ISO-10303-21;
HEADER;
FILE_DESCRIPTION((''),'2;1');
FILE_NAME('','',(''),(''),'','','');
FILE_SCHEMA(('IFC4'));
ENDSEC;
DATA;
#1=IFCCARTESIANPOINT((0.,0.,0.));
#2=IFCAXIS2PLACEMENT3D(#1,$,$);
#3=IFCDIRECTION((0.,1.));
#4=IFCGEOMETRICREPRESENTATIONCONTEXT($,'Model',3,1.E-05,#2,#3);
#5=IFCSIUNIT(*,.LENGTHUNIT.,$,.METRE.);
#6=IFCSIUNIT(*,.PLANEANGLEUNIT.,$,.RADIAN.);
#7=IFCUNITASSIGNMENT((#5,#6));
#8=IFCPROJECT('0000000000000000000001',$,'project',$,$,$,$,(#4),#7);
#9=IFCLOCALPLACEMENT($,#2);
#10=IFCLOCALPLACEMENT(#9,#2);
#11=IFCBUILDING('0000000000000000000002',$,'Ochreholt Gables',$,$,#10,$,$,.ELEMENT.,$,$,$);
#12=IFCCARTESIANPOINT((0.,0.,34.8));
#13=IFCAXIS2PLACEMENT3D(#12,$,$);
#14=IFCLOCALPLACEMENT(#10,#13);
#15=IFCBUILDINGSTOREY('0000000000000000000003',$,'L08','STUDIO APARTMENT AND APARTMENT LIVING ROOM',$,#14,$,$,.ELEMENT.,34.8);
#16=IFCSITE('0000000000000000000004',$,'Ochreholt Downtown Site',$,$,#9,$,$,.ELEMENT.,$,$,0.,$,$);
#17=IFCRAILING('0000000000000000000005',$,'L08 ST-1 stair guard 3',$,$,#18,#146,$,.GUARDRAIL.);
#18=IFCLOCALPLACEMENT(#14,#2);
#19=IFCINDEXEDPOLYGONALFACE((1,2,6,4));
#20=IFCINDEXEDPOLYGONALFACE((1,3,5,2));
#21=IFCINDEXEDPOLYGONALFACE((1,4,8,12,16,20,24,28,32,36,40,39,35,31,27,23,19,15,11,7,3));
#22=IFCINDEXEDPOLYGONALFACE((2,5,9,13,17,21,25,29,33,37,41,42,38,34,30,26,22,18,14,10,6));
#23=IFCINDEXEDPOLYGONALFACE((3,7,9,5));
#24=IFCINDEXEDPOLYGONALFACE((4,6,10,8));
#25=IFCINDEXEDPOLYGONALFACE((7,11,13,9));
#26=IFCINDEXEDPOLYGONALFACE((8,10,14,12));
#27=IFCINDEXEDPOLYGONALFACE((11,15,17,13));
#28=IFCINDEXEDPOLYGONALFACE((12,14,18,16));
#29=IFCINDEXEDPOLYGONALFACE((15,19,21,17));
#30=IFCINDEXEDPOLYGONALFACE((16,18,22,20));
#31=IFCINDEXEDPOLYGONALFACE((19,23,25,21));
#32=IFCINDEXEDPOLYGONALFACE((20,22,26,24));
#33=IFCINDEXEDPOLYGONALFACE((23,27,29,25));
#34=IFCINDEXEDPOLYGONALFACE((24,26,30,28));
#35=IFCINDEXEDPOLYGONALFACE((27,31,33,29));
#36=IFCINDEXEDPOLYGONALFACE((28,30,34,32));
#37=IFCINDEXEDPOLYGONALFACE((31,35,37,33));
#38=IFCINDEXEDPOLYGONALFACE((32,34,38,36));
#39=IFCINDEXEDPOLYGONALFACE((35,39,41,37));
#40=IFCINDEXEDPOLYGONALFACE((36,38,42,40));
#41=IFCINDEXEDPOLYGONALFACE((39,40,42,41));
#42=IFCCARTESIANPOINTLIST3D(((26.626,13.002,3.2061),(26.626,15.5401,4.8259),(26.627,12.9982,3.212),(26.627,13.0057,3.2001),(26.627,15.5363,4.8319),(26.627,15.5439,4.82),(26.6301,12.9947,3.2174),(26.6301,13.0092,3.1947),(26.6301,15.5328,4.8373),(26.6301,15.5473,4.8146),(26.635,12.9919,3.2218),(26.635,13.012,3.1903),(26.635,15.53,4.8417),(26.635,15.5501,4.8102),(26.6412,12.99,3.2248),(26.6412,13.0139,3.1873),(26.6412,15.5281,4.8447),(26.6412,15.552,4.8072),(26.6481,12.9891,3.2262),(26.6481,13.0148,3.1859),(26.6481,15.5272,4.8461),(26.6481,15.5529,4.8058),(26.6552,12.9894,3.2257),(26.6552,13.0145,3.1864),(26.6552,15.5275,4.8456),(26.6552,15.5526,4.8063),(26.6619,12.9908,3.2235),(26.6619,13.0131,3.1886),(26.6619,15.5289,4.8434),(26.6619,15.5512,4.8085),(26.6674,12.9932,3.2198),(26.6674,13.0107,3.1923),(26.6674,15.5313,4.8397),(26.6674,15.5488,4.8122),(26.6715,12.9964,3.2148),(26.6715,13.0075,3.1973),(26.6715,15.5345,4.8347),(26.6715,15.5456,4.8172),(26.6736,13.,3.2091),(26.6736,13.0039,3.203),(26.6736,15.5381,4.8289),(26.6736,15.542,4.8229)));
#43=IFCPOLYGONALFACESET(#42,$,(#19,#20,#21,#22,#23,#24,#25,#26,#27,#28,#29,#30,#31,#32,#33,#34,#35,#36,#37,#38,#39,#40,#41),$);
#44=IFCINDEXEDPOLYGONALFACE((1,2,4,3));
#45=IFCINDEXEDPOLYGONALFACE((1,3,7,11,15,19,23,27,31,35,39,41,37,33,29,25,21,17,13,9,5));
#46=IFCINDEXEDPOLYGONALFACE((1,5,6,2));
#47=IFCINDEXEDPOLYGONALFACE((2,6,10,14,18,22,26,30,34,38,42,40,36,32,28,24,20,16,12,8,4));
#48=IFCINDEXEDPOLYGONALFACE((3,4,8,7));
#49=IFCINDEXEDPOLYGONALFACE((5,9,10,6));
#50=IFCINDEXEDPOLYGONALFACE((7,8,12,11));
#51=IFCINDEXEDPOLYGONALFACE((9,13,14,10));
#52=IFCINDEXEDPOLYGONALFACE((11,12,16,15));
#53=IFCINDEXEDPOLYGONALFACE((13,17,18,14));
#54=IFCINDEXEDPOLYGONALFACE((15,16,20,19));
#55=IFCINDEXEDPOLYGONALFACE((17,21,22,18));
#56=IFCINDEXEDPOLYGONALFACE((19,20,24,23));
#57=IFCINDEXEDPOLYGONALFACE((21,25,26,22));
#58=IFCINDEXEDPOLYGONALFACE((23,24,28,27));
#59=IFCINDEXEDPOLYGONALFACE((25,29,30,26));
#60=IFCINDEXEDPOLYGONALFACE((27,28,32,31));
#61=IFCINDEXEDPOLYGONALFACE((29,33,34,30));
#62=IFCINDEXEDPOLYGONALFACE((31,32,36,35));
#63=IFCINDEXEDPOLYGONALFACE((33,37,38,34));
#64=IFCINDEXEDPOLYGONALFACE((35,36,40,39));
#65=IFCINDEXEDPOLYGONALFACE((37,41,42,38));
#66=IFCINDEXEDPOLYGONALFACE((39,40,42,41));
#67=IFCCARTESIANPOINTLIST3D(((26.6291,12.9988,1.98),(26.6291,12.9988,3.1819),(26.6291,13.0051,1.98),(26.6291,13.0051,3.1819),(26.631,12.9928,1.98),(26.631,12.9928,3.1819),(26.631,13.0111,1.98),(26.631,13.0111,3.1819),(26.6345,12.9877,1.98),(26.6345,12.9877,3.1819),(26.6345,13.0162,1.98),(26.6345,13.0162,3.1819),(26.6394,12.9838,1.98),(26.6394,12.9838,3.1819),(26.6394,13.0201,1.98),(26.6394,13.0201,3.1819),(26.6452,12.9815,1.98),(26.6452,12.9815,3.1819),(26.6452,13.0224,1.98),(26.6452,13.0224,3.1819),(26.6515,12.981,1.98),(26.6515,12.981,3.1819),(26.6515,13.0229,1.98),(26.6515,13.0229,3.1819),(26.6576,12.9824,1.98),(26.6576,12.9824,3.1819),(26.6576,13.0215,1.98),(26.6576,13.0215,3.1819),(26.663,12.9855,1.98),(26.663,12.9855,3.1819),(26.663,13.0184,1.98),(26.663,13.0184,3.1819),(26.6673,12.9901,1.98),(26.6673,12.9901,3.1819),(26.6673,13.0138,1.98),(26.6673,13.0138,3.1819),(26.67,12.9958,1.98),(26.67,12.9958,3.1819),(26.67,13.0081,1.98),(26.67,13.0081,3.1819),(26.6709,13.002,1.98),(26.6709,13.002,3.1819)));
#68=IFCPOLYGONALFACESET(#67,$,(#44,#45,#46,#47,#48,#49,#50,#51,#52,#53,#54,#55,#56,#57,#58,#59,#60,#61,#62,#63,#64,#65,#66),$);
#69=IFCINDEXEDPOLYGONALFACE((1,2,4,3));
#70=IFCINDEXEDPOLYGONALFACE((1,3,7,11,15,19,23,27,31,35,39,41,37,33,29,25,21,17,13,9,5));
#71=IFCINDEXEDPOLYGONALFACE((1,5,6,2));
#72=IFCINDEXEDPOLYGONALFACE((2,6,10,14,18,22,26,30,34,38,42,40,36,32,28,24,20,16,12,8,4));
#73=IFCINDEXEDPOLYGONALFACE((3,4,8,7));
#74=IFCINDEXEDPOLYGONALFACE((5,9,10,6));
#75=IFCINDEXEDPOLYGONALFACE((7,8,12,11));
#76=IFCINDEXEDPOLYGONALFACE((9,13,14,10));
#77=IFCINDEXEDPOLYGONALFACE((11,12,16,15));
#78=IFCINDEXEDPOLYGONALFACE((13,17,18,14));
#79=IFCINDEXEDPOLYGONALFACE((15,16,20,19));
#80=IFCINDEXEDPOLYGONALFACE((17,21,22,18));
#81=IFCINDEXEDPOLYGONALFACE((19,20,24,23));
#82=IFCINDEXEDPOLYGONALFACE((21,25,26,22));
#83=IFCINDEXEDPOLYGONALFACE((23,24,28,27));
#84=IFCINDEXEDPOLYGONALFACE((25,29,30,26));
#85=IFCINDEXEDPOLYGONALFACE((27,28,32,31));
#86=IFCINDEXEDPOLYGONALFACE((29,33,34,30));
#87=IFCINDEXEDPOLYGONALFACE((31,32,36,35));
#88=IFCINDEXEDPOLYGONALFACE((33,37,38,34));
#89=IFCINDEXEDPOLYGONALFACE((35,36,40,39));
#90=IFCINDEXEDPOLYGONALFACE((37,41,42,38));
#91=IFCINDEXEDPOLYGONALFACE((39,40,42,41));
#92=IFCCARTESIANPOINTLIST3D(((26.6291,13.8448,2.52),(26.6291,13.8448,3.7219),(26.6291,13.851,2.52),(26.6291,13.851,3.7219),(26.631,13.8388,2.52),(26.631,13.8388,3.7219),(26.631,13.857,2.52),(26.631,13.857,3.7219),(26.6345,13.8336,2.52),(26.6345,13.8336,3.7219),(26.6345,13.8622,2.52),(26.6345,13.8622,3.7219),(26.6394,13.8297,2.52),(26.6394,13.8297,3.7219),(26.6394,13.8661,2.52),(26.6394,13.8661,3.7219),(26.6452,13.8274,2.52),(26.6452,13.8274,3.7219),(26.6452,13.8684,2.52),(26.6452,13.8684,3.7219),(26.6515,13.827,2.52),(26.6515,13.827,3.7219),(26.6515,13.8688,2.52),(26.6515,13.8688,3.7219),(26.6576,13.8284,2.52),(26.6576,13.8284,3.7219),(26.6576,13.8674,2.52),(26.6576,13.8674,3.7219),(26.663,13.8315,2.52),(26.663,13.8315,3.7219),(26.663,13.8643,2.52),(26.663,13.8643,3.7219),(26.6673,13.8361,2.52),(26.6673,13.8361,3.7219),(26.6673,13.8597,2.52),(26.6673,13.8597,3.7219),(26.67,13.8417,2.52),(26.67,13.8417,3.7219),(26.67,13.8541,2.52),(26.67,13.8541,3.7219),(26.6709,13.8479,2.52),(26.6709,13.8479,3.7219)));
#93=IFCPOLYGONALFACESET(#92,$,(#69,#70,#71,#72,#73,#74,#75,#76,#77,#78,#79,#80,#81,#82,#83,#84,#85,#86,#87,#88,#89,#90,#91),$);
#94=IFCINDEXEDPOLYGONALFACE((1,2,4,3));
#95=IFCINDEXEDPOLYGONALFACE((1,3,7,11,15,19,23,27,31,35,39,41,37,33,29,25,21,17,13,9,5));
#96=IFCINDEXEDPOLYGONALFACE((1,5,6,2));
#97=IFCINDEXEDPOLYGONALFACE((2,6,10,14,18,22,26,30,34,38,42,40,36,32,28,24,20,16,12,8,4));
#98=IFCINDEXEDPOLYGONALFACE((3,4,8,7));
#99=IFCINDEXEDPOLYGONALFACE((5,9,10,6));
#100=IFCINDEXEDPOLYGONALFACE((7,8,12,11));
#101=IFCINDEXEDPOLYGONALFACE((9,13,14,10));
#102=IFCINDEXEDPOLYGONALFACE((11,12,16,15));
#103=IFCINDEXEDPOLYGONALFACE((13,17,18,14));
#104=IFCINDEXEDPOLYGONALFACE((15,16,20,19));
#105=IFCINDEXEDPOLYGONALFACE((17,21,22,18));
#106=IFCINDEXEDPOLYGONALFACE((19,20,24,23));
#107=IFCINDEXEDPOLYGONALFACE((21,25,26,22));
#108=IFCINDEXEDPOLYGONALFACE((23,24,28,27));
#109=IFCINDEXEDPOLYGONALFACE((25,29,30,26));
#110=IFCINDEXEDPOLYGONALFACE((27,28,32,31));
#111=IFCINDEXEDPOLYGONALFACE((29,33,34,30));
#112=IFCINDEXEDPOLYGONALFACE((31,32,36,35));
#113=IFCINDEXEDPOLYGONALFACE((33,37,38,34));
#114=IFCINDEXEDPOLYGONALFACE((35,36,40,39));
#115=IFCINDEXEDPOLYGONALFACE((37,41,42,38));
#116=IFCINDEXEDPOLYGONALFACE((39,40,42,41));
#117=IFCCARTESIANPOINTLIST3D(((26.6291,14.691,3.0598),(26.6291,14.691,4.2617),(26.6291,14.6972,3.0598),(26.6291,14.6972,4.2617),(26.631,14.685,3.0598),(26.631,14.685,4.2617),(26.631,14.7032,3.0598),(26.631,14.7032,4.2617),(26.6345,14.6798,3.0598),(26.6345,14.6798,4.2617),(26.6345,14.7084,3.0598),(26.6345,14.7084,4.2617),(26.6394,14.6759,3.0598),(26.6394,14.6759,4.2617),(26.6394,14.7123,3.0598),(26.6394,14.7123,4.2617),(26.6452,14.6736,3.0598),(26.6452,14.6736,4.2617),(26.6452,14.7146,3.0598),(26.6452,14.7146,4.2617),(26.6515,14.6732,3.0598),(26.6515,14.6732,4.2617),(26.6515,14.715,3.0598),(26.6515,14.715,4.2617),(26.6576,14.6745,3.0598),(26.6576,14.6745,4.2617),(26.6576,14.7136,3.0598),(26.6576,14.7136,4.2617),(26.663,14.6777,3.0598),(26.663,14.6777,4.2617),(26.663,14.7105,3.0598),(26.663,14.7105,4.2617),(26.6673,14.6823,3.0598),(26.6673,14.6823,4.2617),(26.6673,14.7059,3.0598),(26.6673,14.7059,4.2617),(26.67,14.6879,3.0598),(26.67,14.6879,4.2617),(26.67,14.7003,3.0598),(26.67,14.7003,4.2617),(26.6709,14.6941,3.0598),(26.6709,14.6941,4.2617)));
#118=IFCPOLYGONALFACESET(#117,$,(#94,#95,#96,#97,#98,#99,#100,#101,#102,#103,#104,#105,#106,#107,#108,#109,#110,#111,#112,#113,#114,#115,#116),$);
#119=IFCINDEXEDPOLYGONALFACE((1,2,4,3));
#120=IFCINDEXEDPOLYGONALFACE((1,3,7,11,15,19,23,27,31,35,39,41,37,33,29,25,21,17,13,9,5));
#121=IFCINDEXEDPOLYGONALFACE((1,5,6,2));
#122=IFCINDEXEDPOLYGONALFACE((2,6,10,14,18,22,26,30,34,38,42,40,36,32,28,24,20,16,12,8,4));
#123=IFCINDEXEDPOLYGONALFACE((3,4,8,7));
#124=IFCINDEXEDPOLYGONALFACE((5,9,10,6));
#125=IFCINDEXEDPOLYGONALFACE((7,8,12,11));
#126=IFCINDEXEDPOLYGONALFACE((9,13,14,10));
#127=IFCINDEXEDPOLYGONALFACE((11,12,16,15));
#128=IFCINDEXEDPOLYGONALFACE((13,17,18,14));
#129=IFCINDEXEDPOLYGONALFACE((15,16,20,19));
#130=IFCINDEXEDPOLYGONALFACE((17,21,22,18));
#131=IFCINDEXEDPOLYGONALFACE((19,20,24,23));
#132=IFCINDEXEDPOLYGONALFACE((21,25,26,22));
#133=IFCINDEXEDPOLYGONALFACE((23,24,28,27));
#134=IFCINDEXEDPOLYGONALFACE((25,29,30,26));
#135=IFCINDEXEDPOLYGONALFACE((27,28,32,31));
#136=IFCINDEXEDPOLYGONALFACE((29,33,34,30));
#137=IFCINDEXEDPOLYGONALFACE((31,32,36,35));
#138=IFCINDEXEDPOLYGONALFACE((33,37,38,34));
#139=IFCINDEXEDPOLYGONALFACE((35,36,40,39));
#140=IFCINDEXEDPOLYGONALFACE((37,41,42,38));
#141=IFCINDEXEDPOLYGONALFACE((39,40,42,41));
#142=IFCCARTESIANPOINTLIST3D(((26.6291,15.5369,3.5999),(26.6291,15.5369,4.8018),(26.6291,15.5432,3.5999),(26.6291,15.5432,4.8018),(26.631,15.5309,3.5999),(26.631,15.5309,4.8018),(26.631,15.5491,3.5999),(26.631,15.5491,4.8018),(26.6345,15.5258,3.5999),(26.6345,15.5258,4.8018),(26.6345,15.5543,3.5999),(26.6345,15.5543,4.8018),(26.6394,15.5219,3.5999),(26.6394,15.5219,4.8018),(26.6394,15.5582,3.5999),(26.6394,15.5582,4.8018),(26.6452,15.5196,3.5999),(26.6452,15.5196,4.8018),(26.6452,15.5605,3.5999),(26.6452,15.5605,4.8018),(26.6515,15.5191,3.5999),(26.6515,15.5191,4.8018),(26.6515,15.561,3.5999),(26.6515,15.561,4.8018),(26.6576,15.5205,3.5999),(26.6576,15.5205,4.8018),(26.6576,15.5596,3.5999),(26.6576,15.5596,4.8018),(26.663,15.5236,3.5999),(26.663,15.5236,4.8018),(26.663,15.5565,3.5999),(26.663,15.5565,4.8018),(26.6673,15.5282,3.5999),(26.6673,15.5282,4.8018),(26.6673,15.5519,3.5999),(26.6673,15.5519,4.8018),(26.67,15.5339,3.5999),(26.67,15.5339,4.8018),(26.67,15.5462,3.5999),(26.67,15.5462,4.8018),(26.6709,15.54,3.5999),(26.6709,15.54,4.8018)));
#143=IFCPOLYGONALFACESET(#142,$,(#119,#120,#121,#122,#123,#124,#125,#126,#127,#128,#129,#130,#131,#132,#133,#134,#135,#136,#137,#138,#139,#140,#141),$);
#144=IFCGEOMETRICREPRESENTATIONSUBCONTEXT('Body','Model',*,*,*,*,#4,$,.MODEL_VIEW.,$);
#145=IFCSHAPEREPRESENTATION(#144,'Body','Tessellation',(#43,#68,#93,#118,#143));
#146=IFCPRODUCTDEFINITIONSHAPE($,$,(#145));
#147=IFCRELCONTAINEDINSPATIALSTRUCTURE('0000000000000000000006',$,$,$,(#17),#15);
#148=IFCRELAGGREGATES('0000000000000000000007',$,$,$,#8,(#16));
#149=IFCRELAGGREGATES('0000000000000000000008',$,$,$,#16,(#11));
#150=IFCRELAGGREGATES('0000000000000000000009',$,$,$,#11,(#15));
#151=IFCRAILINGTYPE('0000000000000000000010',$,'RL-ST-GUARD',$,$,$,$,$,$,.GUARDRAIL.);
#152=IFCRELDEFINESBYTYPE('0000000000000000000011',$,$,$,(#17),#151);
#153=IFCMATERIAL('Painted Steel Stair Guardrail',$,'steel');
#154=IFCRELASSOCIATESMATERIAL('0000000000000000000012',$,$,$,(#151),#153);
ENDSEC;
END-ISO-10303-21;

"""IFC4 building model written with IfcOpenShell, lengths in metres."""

from ifc_helpers import new_model, si_unit, direction, frame, origin, origin_2d, place, context, subcontext, project, spatial, circle, extrude, material, type_object, element, save


model = new_model("IFC4")

# Units and contexts
model_context = context("Model", 3, precision=1e-05, world=origin(), true_north=direction((0.0, 1.0)))
body_context = subcontext(model_context, "Body", "Model", "MODEL_VIEW")
ifc_project = project(units=[si_unit("LENGTHUNIT", "METRE"), si_unit("PLANEANGLEUNIT", "RADIAN")], contexts=[model_context])

# Site, building, storey
site_placement = place(None, origin())
site = spatial("IfcSite", under=ifc_project, at=site_placement, Name="Ochreholt Downtown Site", CompositionType="ELEMENT", RefElevation=0.0)
building_placement = place(site_placement, origin())
building = spatial("IfcBuilding", under=site, at=building_placement, Name="Ochreholt Gables", CompositionType="ELEMENT")
storey_placement = place(building_placement, frame((0.0, 0.0, 34.8)))
storey = spatial("IfcBuildingStorey", under=building, at=storey_placement, Name="L08", Description="STUDIO APARTMENT AND APARTMENT LIVING ROOM", CompositionType="ELEMENT", Elevation=34.8)

# Railing
ifc_material_1 = material(Name="Painted Steel Stair Guardrail", Category="steel")
railing_type_1 = type_object("IfcRailingType", Name="RL-ST-GUARD", PredefinedType="GUARDRAIL", material=ifc_material_1)
railing_1_placement = place(storey_placement, frame((26.6499, 13.002, 1.98)))
element("IfcRailing", 1, at=railing_1_placement, inside=storey, type_object=railing_type_1, Name="L08 ST-1 stair guard 3", PredefinedType="GUARDRAIL", context=body_context, shape_type="SweptSolid", body=[
    extrude(circle(Radius=0.0239, at=origin_2d()), frame((0.0, 0.0, 1.2261), z_axis=(0.0, 0.84295, 0.537993), x_axis=(-1.0, 0.0, 0.0)), (0.0, 0.0, 1.0), 3.011),
    extrude(circle(Radius=0.021, at=origin_2d()), origin(), (0.0, 0.0, 1.0), 1.2019),
    extrude(circle(Radius=0.021, at=origin_2d()), frame((0.0, 0.8459, 0.54)), (0.0, 0.0, 1.0), 1.2019),
    extrude(circle(Radius=0.021, at=origin_2d()), frame((0.0, 1.6921, 1.0798)), (0.0, 0.0, 1.0), 1.2019),
    extrude(circle(Radius=0.021, at=origin_2d()), frame((0.0, 2.5381, 1.6199)), (0.0, 0.0, 1.0), 1.2019),
])

save(model, "model.ifc")
